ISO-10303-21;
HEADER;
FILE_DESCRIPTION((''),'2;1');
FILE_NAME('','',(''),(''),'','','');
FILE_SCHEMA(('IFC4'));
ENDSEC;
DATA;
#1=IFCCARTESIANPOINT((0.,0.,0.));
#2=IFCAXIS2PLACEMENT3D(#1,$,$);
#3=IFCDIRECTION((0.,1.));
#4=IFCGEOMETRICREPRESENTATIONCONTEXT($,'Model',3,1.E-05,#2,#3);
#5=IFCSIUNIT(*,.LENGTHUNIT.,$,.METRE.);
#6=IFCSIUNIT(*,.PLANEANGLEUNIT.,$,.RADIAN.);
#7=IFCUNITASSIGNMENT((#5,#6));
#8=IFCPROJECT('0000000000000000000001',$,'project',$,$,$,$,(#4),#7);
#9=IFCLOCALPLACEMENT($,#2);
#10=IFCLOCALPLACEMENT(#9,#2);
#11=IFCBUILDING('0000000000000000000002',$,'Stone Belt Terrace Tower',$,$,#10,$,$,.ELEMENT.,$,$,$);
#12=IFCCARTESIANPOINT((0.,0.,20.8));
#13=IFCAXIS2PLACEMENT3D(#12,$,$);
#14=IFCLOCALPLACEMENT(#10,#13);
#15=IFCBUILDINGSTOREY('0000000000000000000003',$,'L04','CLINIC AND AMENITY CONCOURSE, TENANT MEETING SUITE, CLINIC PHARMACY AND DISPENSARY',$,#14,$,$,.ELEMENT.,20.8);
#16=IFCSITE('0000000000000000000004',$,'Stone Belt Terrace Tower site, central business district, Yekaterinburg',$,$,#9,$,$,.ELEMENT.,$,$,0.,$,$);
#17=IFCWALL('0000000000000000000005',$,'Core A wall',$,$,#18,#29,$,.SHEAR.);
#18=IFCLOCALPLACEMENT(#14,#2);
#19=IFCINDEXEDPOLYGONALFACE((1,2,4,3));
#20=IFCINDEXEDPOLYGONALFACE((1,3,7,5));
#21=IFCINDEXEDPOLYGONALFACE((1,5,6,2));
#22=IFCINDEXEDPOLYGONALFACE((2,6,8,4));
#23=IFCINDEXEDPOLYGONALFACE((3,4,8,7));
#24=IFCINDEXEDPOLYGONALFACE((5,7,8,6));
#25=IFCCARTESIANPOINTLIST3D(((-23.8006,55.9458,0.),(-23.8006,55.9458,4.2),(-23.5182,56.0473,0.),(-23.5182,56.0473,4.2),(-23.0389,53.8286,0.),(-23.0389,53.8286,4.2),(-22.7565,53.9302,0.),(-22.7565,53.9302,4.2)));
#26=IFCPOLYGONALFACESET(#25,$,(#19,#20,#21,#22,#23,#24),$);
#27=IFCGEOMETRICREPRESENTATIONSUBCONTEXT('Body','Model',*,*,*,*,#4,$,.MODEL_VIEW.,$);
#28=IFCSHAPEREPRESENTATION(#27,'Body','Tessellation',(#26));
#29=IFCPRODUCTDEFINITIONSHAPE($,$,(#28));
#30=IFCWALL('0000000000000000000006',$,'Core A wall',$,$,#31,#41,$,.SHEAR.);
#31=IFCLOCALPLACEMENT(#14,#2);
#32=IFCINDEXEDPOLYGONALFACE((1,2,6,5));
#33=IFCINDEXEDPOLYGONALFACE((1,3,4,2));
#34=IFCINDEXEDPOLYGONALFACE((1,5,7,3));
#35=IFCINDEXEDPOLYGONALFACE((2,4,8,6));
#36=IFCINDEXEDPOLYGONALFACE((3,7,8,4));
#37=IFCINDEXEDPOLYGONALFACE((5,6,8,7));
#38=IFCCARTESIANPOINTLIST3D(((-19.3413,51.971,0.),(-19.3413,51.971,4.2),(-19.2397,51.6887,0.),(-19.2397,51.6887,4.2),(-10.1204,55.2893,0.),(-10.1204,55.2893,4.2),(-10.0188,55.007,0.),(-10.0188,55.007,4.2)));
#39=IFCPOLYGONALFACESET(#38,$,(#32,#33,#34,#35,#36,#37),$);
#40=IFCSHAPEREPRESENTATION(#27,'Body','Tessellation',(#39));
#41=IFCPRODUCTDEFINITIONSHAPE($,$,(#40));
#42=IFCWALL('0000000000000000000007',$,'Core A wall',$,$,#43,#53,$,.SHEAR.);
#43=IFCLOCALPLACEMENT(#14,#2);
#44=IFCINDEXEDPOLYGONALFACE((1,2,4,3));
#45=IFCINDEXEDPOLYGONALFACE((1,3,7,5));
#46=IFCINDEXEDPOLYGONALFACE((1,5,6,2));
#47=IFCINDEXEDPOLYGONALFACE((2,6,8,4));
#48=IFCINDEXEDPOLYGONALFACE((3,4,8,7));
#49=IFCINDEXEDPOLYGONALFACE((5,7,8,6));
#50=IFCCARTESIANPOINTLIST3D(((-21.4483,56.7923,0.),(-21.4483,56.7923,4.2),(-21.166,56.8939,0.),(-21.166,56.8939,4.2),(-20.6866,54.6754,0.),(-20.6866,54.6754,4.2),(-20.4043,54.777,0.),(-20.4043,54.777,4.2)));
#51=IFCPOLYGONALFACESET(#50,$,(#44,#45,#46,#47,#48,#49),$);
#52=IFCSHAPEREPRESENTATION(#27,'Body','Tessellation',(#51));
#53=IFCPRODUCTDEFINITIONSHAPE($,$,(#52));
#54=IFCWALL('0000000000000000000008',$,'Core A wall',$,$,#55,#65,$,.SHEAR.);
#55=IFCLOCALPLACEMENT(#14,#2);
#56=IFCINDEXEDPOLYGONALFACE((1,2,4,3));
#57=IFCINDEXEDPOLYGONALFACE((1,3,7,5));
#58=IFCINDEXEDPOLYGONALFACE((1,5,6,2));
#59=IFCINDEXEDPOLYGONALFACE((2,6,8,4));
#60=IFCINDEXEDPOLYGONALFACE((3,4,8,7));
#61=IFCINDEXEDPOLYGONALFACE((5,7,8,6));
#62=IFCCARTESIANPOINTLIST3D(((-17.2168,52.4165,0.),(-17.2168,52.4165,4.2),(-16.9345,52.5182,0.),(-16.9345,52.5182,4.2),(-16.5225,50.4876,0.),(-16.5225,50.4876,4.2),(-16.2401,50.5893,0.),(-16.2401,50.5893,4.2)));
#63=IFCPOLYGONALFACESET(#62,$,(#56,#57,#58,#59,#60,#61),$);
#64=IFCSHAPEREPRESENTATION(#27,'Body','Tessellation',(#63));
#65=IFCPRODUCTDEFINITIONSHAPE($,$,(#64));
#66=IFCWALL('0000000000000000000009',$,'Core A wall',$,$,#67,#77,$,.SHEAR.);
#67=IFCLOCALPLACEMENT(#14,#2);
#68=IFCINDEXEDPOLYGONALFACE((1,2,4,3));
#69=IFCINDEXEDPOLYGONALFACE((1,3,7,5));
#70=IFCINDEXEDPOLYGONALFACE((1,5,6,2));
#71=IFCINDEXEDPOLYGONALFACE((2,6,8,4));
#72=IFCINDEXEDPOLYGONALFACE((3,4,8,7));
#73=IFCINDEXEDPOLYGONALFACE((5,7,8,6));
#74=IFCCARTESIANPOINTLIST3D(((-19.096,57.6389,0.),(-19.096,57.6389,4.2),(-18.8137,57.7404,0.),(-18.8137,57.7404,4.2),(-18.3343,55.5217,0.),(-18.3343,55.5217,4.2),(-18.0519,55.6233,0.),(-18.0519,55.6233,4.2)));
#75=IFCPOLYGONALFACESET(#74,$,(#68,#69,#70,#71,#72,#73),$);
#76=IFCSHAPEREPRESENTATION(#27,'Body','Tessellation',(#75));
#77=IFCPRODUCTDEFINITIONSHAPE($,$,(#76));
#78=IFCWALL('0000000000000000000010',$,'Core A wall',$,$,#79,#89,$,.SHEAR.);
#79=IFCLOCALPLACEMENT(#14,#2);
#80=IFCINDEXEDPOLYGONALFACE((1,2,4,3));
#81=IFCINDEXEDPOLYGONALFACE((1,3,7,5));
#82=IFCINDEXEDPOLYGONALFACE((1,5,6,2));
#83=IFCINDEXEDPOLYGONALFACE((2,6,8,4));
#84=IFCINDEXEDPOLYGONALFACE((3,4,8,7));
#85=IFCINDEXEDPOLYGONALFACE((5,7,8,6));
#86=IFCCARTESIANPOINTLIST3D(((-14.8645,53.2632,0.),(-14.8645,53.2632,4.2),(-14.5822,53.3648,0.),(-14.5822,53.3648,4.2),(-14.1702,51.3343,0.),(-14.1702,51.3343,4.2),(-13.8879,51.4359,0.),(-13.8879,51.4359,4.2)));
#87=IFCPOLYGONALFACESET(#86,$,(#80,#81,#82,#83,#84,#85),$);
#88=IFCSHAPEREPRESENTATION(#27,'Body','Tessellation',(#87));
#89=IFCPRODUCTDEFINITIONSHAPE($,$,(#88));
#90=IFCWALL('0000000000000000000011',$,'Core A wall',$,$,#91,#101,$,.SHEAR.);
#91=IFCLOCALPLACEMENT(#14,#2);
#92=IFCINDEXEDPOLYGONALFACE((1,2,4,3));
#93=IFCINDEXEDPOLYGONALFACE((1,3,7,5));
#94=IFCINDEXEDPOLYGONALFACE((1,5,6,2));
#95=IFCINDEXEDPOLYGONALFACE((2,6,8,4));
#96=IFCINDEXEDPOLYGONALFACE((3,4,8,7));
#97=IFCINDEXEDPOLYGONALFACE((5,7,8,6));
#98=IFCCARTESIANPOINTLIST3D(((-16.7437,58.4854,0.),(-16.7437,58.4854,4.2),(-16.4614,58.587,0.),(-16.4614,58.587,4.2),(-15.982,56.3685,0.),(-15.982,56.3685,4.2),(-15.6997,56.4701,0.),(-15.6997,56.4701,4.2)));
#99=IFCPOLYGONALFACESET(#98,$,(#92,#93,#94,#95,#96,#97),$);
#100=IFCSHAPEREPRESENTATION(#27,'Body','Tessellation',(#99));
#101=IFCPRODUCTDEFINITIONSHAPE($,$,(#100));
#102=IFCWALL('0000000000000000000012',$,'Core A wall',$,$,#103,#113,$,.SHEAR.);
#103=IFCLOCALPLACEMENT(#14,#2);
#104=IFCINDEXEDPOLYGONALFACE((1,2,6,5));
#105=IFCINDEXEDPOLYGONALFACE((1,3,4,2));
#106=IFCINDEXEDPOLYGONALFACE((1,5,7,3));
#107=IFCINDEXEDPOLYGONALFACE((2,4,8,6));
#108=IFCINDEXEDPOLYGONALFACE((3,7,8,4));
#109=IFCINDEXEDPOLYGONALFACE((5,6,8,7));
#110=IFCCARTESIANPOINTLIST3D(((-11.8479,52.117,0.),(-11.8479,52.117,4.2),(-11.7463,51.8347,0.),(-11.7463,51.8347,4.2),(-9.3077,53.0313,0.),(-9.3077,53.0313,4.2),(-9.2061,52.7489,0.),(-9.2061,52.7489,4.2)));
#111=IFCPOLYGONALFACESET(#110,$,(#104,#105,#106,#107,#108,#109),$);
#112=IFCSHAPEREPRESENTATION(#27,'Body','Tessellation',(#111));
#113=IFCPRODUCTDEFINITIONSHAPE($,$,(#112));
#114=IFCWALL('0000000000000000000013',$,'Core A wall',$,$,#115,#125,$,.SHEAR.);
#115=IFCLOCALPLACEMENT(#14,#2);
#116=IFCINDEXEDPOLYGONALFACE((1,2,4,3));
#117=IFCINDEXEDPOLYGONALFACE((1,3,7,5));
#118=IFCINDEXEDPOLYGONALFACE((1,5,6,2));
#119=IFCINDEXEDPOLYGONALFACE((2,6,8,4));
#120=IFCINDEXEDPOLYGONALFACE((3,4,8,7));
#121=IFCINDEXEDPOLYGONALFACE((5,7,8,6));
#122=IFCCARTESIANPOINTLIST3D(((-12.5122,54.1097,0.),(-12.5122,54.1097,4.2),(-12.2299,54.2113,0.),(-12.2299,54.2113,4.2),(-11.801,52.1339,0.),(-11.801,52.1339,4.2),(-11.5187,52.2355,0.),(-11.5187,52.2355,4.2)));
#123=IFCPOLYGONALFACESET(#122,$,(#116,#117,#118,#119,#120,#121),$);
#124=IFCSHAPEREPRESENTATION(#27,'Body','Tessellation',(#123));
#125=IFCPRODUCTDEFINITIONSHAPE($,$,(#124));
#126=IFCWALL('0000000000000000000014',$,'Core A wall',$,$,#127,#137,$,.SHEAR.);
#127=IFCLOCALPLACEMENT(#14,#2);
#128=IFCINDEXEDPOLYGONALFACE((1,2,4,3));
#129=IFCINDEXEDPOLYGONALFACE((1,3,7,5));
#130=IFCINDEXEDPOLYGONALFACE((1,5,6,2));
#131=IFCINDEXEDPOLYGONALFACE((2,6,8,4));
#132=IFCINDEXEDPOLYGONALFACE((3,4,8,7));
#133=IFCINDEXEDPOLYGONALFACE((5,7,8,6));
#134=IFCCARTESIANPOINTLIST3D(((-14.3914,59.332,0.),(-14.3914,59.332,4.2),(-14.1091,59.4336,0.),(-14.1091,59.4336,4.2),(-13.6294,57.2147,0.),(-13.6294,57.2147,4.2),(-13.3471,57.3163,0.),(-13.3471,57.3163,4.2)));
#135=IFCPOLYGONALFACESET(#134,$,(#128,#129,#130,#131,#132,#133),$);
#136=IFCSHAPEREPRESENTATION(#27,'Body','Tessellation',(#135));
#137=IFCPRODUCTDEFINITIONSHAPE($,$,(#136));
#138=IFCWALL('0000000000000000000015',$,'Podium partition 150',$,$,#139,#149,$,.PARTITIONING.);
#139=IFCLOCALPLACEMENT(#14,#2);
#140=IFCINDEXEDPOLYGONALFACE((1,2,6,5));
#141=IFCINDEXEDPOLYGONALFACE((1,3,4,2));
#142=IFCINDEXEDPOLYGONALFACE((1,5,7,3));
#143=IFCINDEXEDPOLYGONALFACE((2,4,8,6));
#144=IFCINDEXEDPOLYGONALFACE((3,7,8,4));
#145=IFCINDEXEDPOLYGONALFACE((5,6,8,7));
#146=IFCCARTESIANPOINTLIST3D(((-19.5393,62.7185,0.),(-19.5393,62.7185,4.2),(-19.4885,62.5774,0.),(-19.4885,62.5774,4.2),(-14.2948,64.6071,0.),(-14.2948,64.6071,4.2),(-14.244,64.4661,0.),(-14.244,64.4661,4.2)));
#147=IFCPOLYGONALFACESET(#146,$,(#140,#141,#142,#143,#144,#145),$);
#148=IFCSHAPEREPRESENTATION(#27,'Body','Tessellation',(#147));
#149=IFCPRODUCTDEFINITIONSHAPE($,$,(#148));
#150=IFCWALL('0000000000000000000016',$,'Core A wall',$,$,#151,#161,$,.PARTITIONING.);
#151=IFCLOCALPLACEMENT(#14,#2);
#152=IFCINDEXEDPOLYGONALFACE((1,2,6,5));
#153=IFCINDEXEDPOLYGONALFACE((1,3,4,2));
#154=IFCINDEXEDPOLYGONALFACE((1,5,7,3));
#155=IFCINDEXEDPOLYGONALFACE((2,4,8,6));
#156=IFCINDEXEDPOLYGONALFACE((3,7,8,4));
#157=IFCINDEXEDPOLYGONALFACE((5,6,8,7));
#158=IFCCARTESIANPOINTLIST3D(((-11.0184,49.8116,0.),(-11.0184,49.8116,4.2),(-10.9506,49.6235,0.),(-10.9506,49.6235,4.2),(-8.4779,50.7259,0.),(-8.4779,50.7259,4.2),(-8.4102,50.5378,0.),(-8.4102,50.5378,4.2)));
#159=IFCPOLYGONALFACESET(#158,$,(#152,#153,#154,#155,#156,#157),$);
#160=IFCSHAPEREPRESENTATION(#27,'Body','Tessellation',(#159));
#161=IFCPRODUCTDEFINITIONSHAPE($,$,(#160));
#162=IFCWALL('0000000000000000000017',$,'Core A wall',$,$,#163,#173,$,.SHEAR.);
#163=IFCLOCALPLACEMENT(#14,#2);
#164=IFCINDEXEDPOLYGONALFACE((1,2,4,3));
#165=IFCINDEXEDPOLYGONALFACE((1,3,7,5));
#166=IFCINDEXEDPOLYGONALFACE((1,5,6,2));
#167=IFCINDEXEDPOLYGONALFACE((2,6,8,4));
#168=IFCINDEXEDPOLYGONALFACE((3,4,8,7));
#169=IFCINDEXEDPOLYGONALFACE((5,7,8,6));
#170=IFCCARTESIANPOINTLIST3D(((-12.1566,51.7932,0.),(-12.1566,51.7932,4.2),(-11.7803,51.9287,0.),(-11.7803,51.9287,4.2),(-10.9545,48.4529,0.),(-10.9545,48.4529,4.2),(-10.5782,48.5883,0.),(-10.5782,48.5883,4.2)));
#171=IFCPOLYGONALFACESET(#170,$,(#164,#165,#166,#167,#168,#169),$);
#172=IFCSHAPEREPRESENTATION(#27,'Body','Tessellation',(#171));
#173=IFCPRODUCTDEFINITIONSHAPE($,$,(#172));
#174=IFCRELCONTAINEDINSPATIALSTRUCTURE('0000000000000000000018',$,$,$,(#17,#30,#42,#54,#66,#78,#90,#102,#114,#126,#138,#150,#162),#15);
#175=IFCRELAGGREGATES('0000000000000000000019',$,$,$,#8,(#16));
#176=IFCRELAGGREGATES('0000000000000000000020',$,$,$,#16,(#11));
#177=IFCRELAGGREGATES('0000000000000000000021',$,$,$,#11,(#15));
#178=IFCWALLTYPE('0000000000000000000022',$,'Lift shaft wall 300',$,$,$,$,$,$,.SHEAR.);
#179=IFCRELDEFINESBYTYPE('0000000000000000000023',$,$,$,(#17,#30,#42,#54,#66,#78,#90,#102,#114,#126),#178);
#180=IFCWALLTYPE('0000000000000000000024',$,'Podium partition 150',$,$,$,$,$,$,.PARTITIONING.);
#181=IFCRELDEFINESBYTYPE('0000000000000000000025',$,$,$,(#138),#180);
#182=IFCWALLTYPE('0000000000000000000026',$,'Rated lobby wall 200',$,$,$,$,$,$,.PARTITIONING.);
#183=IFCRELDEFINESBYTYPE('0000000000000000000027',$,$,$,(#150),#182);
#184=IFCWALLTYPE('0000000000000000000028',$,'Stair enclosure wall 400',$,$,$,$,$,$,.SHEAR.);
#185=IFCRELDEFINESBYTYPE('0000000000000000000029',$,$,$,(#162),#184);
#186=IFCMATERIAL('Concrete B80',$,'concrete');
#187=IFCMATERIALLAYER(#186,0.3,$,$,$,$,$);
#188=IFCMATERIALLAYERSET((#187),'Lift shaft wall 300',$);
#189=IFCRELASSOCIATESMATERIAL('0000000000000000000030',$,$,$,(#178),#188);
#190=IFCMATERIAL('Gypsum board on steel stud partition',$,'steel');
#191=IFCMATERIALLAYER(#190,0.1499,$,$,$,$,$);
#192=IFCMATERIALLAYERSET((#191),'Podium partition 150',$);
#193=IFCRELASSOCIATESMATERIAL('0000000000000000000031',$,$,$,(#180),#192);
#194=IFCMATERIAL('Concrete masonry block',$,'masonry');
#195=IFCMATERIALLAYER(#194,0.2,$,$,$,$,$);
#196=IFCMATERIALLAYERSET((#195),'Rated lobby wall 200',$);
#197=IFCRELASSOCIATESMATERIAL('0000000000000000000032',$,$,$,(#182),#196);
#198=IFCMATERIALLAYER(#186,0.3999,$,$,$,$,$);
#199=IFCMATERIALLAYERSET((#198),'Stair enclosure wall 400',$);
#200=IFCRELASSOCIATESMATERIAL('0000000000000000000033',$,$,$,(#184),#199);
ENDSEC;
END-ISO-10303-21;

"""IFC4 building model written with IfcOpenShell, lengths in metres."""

from ifc_helpers import new_model, si_unit, direction, frame, frame_2d, origin, place, context, subcontext, project, spatial, rectangle, extrude, material, layer, layer_set, type_object, element, save


model = new_model("IFC4")

# Units and contexts
model_context = context("Model", 3, precision=1e-05, world=origin(), true_north=direction((0.0, 1.0)))
body_context = subcontext(model_context, "Body", "Model", "MODEL_VIEW")
ifc_project = project(units=[si_unit("LENGTHUNIT", "METRE"), si_unit("PLANEANGLEUNIT", "RADIAN")], contexts=[model_context])

# Site, building, storey
site_placement = place(None, origin())
site = spatial("IfcSite", under=ifc_project, at=site_placement, Name="Stone Belt Terrace Tower site, central business district, Yekaterinburg", CompositionType="ELEMENT", RefElevation=0.0)
building_placement = place(site_placement, origin())
building = spatial("IfcBuilding", under=site, at=building_placement, Name="Stone Belt Terrace Tower", CompositionType="ELEMENT")
storey_placement = place(building_placement, frame((0.0, 0.0, 20.8)))
storey = spatial("IfcBuildingStorey", under=building, at=storey_placement, Name="L04", Description="CLINIC AND AMENITY CONCOURSE, TENANT MEETING SUITE, CLINIC PHARMACY AND DISPENSARY", CompositionType="ELEMENT", Elevation=20.8)

# Shared definitions
ifc_material_1 = material(Name="Concrete B80", Category="concrete")

# Walls
ifc_layer_1 = layer(ifc_material_1, 0.3)
ifc_layer_set_1 = layer_set([ifc_layer_1], Name="Lift shaft wall 300")
wall_type_1 = type_object("IfcWallType", Name="Lift shaft wall 300", PredefinedType="SHEAR", material=ifc_layer_set_1)
wall_1_placement = place(storey_placement, frame((-22.8977, 53.8794, 0.0), z_axis=(0.0, 0.0, 1.0), x_axis=(-0.338535, 0.940954, 0.0)))
element("IfcWall", 1, at=wall_1_placement, inside=storey, type_object=wall_type_1, Name="Core A wall", PredefinedType="SHEAR", context=body_context, shape_type="SweptSolid", body=[
    extrude(rectangle(XDim=2.25, YDim=0.3, at=frame_2d((1.125, 0.0))), origin(), (0.0, 0.0, 1.0), 4.2),
])
wall_2_placement = place(storey_placement, frame((-19.2905, 51.8298, 0.0), z_axis=(0.0, 0.0, 1.0), x_axis=(0.940926, 0.338613, 0.0)))
element("IfcWall", 2, at=wall_2_placement, inside=storey, type_object=wall_type_1, Name="Core A wall", PredefinedType="SHEAR", context=body_context, shape_type="SweptSolid", body=[
    extrude(rectangle(XDim=9.7998, YDim=0.3, at=frame_2d((4.8999, 0.0))), origin(), (0.0, 0.0, 1.0), 4.2),
])
wall_3_placement = place(storey_placement, frame((-20.5454, 54.7261, 0.0), z_axis=(0.0, 0.0, 1.0), x_axis=(-0.33857, 0.940941, 0.0)))
element("IfcWall", 3, at=wall_3_placement, inside=storey, type_object=wall_type_1, Name="Core A wall", PredefinedType="SHEAR", context=body_context, shape_type="SweptSolid", body=[
    extrude(rectangle(XDim=2.2498, YDim=0.3, at=frame_2d((1.125, 0.0))), origin(), (0.0, 0.0, 1.0), 4.2),
])
wall_4_placement = place(storey_placement, frame((-16.3813, 50.5386, 0.0), z_axis=(0.0, 0.0, 1.0), x_axis=(-0.338682, 0.940901, 0.0)))
element("IfcWall", 4, at=wall_4_placement, inside=storey, type_object=wall_type_1, Name="Core A wall", PredefinedType="SHEAR", context=body_context, shape_type="SweptSolid", body=[
    extrude(rectangle(XDim=2.05, YDim=0.3, at=frame_2d((1.0249, 0.0))), origin(), (0.0, 0.0, 1.0), 4.2),
])
wall_5_placement = place(storey_placement, frame((-18.1931, 55.5725, 0.0), z_axis=(0.0, 0.0, 1.0), x_axis=(-0.338535, 0.940954, 0.0)))
element("IfcWall", 5, at=wall_5_placement, inside=storey, type_object=wall_type_1, Name="Core A wall", PredefinedType="SHEAR", context=body_context, shape_type="SweptSolid", body=[
    extrude(rectangle(XDim=2.25, YDim=0.3, at=frame_2d((1.125, 0.0))), origin(), (0.0, 0.0, 1.0), 4.2),
])
wall_6_placement = place(storey_placement, frame((-14.0291, 51.3853, 0.0), z_axis=(0.0, 0.0, 1.0), x_axis=(-0.338682, 0.940901, 0.0)))
element("IfcWall", 6, at=wall_6_placement, inside=storey, type_object=wall_type_1, Name="Core A wall", PredefinedType="SHEAR", context=body_context, shape_type="SweptSolid", body=[
    extrude(rectangle(XDim=2.05, YDim=0.3, at=frame_2d((1.0249, 0.0))), origin(), (0.0, 0.0, 1.0), 4.2),
])
wall_7_placement = place(storey_placement, frame((-15.8408, 56.4192, 0.0), z_axis=(0.0, 0.0, 1.0), x_axis=(-0.33857, 0.940941, 0.0)))
element("IfcWall", 7, at=wall_7_placement, inside=storey, type_object=wall_type_1, Name="Core A wall", PredefinedType="SHEAR", context=body_context, shape_type="SweptSolid", body=[
    extrude(rectangle(XDim=2.2498, YDim=0.3, at=frame_2d((1.125, 0.0))), origin(), (0.0, 0.0, 1.0), 4.2),
])
wall_8_placement = place(storey_placement, frame((-11.7971, 51.9758, 0.0), z_axis=(0.0, 0.0, 1.0), x_axis=(0.94091, 0.338655, 0.0)))
element("IfcWall", 8, at=wall_8_placement, inside=storey, type_object=wall_type_1, Name="Core A wall", PredefinedType="SHEAR", context=body_context, shape_type="SweptSolid", body=[
    extrude(rectangle(XDim=2.6997, YDim=0.3, at=frame_2d((1.3499, 0.0))), origin(), (0.0, 0.0, 1.0), 4.2),
])
wall_9_placement = place(storey_placement, frame((-11.6599, 52.1848, 0.0), z_axis=(0.0, 0.0, 1.0), x_axis=(-0.33867, 0.940905, 0.0)))
element("IfcWall", 9, at=wall_9_placement, inside=storey, type_object=wall_type_1, Name="Core A wall", PredefinedType="SHEAR", context=body_context, shape_type="SweptSolid", body=[
    extrude(rectangle(XDim=2.0999, YDim=0.3, at=frame_2d((1.0498, 0.0))), origin(), (0.0, 0.0, 1.0), 4.2),
])
wall_10_placement = place(storey_placement, frame((-13.4883, 57.2656, 0.0), z_axis=(0.0, 0.0, 1.0), x_axis=(-0.338631, 0.940919, 0.0)))
element("IfcWall", 10, at=wall_10_placement, inside=storey, type_object=wall_type_1, Name="Core A wall", PredefinedType="SHEAR", context=body_context, shape_type="SweptSolid", body=[
    extrude(rectangle(XDim=2.2502, YDim=0.3, at=frame_2d((1.125, 0.0))), origin(), (0.0, 0.0, 1.0), 4.2),
])
ifc_material_2 = material(Name="Gypsum board on steel stud partition", Category="steel")
ifc_layer_2 = layer(ifc_material_2, 0.1499)
ifc_layer_set_2 = layer_set([ifc_layer_2], Name="Podium partition 150")
wall_type_2 = type_object("IfcWallType", Name="Podium partition 150", PredefinedType="PARTITIONING", material=ifc_layer_set_2)
wall_11_placement = place(storey_placement, frame((-19.5139, 62.6479, 0.0), z_axis=(0.0, 0.0, 1.0), x_axis=(0.940853, 0.338816, 0.0)))
element("IfcWall", 11, at=wall_11_placement, inside=storey, type_object=wall_type_2, Name="Podium partition 150", PredefinedType="PARTITIONING", context=body_context, shape_type="SweptSolid", body=[
    extrude(rectangle(XDim=5.5742, YDim=0.1499, at=frame_2d((2.7871, 0.0))), origin(), (0.0, 0.0, 1.0), 4.2),
])
ifc_material_3 = material(Name="Concrete masonry block", Category="masonry")
ifc_layer_3 = layer(ifc_material_3, 0.2)
ifc_layer_set_3 = layer_set([ifc_layer_3], Name="Rated lobby wall 200")
wall_type_3 = type_object("IfcWallType", Name="Rated lobby wall 200", PredefinedType="PARTITIONING", material=ifc_layer_set_3)
wall_12_placement = place(storey_placement, frame((-10.9846, 49.7175, 0.0), z_axis=(0.0, 0.0, 1.0), x_axis=(0.940921, 0.338627, 0.0)))
element("IfcWall", 12, at=wall_12_placement, inside=storey, type_object=wall_type_3, Name="Core A wall", PredefinedType="PARTITIONING", context=body_context, shape_type="SweptSolid", body=[
    extrude(rectangle(XDim=2.7, YDim=0.2, at=frame_2d((1.3501, 0.0))), origin(), (0.0, 0.0, 1.0), 4.2),
])
ifc_layer_4 = layer(ifc_material_1, 0.3999)
ifc_layer_set_4 = layer_set([ifc_layer_4], Name="Stair enclosure wall 400")
wall_type_4 = type_object("IfcWallType", Name="Stair enclosure wall 400", PredefinedType="SHEAR", material=ifc_layer_set_4)
wall_13_placement = place(storey_placement, frame((-10.7664, 48.5208, 0.0), z_axis=(0.0, 0.0, 1.0), x_axis=(-0.338627, 0.940921, 0.0)))
element("IfcWall", 13, at=wall_13_placement, inside=storey, type_object=wall_type_4, Name="Core A wall", PredefinedType="SHEAR", context=body_context, shape_type="SweptSolid", body=[
    extrude(rectangle(XDim=3.55, YDim=0.3999, at=frame_2d((1.7749, 0.0))), origin(), (0.0, 0.0, 1.0), 4.2),
])

save(model, "model.ifc")
